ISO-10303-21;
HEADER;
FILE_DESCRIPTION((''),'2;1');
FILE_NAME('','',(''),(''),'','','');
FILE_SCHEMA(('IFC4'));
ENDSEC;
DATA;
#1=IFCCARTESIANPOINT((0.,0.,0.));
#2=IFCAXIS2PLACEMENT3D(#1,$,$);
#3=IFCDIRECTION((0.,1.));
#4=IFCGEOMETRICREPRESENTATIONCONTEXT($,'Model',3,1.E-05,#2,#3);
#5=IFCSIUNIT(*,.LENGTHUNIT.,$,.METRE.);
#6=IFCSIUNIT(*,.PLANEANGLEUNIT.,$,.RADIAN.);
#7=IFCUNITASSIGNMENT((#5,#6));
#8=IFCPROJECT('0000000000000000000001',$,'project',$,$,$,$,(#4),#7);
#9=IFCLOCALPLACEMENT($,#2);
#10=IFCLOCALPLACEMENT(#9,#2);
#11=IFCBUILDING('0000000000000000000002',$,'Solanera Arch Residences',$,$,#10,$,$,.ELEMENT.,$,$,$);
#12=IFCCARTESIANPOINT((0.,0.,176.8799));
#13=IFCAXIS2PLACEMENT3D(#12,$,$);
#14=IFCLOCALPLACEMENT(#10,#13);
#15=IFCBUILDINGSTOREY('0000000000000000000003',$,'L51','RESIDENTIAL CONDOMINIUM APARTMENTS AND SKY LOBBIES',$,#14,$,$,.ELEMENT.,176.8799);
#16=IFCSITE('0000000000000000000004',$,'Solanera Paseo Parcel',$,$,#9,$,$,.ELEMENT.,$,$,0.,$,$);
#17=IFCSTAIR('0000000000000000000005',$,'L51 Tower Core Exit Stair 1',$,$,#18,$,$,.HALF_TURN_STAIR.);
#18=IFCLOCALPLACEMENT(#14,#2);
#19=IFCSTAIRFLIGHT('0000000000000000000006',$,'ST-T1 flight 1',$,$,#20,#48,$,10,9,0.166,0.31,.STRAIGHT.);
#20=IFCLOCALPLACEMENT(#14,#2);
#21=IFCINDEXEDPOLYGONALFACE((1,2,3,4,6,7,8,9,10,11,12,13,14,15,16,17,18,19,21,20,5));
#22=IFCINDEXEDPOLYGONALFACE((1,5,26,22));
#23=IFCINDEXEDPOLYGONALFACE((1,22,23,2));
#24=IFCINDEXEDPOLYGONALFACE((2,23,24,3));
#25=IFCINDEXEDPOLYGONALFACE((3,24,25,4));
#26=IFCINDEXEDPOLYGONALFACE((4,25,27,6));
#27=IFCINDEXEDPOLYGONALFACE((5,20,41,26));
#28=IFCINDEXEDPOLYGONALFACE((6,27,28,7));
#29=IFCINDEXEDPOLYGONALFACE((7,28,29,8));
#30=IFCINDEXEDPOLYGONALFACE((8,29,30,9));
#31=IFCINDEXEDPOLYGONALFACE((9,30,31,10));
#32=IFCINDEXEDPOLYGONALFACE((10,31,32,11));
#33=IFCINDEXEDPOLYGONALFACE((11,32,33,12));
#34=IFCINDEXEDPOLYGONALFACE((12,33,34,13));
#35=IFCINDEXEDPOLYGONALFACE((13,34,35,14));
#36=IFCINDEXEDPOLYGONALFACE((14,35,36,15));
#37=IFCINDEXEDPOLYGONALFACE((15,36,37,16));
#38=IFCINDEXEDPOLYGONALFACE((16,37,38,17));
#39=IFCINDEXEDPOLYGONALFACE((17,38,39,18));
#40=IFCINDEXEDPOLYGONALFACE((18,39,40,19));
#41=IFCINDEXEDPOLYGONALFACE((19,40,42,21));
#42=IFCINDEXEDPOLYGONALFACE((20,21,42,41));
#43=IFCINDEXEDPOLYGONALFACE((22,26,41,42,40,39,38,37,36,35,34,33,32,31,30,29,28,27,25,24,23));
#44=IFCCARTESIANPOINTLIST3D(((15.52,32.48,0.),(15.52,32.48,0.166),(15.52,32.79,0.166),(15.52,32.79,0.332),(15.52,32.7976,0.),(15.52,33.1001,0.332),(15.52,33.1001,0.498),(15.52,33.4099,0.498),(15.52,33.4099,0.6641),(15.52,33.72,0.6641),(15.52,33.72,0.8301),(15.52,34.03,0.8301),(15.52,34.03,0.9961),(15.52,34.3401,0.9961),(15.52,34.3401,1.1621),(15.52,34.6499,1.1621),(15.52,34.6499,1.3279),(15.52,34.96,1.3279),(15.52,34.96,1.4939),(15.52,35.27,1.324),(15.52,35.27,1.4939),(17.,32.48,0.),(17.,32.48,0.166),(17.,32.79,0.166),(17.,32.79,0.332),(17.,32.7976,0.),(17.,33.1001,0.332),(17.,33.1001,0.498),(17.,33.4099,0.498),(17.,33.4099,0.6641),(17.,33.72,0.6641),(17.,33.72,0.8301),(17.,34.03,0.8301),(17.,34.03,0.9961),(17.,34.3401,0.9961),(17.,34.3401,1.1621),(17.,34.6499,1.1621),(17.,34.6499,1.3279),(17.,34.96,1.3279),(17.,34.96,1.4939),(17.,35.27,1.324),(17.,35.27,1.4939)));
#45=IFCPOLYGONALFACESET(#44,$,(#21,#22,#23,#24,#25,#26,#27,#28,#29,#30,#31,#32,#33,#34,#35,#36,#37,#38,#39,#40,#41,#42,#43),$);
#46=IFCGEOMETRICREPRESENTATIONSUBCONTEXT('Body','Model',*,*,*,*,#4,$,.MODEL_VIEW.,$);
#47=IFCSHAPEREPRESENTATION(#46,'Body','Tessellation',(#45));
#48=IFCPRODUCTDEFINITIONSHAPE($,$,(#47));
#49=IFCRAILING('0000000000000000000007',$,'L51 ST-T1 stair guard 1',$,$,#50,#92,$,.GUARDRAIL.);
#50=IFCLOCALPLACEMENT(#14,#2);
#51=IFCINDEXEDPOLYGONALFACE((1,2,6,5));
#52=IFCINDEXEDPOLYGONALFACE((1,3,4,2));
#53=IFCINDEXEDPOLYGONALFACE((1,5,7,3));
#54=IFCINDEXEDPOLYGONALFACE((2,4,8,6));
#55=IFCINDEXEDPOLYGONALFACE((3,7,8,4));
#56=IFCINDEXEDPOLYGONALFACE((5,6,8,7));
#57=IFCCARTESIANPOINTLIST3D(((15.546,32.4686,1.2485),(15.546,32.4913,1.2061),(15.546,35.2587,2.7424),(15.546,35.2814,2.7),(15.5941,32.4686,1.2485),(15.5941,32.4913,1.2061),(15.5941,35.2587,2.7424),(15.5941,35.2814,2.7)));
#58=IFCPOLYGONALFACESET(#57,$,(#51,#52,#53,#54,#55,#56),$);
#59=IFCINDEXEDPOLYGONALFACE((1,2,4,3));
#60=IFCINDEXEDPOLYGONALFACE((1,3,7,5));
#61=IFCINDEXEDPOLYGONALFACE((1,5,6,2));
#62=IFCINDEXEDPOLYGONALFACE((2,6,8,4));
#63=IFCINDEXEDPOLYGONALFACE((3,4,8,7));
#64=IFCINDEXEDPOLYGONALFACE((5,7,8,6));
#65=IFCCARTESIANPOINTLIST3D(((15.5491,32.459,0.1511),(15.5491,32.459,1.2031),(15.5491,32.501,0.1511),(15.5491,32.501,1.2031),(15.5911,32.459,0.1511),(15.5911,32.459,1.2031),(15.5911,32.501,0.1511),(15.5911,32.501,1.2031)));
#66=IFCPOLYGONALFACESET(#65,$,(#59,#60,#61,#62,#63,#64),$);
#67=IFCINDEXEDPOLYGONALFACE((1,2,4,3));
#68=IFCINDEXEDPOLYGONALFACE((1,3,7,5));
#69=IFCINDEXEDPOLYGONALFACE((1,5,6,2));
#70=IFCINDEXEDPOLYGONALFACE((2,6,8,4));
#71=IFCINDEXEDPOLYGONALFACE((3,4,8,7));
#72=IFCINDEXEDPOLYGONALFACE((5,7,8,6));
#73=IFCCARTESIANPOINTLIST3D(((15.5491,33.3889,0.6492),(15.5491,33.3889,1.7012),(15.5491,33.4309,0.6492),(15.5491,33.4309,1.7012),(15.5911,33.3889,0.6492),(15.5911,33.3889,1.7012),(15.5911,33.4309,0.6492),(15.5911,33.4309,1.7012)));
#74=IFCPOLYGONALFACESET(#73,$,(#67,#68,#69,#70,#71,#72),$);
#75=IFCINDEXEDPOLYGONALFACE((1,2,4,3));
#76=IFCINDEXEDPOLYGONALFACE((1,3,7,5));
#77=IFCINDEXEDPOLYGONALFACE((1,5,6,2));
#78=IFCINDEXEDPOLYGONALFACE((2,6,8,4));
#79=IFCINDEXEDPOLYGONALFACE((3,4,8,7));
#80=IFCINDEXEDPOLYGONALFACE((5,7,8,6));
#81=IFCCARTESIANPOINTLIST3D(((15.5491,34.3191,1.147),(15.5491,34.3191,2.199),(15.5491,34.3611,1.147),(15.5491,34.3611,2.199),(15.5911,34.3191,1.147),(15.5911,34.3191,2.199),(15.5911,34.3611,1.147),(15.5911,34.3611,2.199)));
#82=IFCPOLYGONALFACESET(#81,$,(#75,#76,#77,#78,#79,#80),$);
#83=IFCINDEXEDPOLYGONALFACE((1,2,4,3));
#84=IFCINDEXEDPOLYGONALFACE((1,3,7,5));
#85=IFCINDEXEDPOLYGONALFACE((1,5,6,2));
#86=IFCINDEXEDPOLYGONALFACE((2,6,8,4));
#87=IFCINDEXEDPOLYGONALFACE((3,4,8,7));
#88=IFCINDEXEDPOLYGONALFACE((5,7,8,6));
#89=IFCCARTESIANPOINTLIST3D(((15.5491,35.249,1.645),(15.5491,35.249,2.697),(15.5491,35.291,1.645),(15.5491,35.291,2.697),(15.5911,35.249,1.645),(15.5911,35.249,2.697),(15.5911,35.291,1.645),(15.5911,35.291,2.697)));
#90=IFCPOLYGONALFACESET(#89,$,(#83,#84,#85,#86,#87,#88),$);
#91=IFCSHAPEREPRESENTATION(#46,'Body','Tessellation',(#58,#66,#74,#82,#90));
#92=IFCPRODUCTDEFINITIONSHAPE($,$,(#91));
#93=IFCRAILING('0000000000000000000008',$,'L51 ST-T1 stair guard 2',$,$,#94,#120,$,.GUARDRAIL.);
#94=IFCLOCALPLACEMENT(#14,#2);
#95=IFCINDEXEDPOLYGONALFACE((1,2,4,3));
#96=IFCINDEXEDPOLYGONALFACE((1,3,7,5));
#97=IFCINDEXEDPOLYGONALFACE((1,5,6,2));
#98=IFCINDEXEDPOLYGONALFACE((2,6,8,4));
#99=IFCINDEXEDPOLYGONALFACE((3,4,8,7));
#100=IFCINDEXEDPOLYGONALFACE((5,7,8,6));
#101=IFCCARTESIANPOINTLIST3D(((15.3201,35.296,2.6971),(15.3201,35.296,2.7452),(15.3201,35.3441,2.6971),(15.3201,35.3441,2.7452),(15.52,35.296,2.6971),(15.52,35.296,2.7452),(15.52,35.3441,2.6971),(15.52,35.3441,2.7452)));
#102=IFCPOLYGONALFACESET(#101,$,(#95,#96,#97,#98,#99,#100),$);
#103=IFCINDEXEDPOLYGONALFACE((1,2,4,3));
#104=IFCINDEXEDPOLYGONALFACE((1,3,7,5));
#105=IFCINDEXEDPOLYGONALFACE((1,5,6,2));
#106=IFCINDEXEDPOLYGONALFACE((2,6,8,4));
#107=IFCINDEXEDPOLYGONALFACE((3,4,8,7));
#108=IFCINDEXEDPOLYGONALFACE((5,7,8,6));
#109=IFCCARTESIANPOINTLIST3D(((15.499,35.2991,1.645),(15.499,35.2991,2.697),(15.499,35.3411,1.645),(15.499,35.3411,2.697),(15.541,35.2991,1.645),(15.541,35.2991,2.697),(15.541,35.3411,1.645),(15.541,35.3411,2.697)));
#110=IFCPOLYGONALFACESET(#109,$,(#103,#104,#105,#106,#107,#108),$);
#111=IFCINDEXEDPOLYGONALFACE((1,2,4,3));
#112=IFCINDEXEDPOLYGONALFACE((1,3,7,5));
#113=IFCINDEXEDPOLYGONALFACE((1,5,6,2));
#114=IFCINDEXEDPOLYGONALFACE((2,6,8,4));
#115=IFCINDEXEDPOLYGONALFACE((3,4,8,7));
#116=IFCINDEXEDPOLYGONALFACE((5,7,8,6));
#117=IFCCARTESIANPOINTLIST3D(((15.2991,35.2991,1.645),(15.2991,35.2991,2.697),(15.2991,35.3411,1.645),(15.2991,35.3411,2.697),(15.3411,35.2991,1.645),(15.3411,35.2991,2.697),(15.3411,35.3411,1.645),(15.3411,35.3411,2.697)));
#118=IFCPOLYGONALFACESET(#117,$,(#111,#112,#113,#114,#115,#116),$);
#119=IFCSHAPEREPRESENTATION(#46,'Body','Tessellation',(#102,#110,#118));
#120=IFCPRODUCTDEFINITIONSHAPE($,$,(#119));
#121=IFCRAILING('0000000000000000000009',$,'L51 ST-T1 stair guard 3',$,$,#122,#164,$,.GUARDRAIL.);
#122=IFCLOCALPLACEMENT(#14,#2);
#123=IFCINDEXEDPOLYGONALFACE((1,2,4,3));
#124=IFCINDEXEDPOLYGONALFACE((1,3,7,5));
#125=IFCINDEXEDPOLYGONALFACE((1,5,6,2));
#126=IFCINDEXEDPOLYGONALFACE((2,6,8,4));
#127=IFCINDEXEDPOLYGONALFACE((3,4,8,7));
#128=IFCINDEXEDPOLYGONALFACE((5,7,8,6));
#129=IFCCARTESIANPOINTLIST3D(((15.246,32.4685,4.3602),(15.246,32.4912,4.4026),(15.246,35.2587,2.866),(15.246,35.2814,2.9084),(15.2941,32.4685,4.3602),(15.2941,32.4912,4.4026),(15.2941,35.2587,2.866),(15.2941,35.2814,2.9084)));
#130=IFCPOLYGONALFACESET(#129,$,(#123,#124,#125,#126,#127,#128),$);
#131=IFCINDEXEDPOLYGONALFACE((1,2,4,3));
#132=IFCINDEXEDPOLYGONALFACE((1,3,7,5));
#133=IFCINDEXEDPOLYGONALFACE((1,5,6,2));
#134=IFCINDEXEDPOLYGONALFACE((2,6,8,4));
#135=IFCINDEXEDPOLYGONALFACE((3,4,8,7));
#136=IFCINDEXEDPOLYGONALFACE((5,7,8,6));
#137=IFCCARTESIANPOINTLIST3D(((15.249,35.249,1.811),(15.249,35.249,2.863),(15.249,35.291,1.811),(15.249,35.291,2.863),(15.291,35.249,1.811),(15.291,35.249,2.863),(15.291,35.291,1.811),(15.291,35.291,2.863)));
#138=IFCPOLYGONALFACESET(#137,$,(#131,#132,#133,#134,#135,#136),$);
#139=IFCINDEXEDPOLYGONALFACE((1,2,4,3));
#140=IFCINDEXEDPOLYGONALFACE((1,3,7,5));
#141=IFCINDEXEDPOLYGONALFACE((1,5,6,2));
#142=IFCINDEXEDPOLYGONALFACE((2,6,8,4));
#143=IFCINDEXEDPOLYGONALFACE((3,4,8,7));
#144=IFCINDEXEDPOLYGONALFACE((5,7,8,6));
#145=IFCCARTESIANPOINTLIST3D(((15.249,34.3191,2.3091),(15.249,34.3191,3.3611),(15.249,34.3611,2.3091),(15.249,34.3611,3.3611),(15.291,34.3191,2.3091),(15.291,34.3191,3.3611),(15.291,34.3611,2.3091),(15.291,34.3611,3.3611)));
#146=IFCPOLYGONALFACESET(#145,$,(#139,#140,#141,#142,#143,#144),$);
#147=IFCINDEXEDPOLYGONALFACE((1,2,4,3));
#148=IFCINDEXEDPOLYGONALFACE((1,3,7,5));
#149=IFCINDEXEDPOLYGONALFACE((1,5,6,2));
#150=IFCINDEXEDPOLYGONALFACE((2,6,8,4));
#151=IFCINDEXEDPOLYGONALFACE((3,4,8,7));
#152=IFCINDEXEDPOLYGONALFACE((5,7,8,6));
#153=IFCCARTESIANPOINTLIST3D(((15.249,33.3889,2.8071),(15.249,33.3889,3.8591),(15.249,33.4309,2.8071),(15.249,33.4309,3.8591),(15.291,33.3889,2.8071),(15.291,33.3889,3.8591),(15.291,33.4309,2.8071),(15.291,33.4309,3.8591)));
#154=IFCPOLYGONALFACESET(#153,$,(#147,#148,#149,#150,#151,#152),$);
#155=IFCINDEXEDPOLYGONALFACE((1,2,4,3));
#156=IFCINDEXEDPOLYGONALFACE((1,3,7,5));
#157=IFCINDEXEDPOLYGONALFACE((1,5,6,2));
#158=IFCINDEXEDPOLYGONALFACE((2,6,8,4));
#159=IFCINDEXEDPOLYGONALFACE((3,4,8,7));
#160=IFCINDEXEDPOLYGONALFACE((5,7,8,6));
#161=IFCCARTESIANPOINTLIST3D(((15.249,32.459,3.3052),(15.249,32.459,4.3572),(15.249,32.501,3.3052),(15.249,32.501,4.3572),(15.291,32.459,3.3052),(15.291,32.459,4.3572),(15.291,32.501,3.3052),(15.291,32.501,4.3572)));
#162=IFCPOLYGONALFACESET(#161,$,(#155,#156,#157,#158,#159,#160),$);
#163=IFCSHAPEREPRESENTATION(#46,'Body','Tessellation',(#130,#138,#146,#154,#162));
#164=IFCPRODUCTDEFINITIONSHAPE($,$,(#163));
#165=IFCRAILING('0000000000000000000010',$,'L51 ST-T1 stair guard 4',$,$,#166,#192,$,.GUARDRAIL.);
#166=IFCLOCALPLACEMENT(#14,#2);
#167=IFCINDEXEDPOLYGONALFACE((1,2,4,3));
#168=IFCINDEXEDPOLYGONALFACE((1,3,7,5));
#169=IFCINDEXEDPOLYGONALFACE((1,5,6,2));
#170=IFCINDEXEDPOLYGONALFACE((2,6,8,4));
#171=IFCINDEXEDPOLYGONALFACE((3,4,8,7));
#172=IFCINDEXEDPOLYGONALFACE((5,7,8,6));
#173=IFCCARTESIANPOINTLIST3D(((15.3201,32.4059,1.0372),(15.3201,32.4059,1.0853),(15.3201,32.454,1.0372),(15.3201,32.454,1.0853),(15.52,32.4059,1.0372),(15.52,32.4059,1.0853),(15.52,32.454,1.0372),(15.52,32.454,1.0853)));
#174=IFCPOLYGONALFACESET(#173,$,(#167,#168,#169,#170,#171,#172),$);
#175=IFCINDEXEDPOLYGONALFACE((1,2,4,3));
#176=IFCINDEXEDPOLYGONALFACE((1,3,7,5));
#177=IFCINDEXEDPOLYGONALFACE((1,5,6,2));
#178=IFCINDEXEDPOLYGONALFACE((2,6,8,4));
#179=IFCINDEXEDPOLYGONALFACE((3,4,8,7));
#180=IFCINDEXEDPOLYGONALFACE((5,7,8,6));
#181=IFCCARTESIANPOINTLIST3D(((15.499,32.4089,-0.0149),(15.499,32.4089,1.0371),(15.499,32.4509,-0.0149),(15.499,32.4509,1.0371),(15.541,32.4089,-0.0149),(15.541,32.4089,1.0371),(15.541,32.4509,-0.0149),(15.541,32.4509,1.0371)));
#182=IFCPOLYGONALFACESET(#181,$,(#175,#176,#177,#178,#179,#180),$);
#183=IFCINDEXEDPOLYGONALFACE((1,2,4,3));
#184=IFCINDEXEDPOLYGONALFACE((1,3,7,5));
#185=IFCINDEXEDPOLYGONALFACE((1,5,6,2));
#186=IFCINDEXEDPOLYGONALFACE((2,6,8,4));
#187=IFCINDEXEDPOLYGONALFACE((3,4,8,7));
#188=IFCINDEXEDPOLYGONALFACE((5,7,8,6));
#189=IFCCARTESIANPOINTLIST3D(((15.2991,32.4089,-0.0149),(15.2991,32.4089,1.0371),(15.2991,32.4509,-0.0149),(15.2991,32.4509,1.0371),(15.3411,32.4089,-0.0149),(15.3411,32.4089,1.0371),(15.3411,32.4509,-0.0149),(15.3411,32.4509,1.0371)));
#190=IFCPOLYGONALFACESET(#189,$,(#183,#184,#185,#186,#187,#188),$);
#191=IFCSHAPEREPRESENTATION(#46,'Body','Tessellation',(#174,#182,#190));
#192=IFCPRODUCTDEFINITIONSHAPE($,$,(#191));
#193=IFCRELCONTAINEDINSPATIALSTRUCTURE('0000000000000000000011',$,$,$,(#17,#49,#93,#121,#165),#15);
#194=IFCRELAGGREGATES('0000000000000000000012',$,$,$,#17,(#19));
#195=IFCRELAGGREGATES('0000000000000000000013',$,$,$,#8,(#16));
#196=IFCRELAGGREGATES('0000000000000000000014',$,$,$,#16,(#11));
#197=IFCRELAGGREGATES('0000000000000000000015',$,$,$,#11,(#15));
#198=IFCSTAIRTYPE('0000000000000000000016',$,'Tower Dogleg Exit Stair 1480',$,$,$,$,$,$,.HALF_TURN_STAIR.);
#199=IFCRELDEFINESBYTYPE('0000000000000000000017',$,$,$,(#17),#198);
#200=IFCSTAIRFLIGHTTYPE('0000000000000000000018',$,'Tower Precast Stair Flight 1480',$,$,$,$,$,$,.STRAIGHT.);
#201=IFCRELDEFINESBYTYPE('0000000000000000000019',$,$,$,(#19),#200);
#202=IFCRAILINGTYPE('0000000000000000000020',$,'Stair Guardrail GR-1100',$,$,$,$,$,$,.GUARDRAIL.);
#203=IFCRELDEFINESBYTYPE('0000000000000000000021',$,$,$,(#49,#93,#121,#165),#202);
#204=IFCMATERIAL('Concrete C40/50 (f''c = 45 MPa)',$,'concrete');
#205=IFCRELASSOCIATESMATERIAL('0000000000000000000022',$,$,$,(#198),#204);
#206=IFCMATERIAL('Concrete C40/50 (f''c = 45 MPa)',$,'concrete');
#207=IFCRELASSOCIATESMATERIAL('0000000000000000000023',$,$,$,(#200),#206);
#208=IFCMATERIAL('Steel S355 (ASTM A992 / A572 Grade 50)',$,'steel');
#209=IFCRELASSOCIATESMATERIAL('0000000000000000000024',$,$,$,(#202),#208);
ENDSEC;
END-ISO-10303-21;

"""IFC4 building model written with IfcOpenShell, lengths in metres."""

from ifc_helpers import new_model, si_unit, direction, frame, origin, origin_2d, place, context, subcontext, project, spatial, polyline, rectangle, outline, extrude, material, type_object, element, aggregate, save


model = new_model("IFC4")

# Units and contexts
model_context = context("Model", 3, precision=1e-05, world=origin(), true_north=direction((0.0, 1.0)))
body_context = subcontext(model_context, "Body", "Model", "MODEL_VIEW")
ifc_project = project(units=[si_unit("LENGTHUNIT", "METRE"), si_unit("PLANEANGLEUNIT", "RADIAN")], contexts=[model_context])

# Site, building, storey
site_placement = place(None, origin())
site = spatial("IfcSite", under=ifc_project, at=site_placement, Name="Solanera Paseo Parcel", CompositionType="ELEMENT", RefElevation=0.0)
building_placement = place(site_placement, origin())
building = spatial("IfcBuilding", under=site, at=building_placement, Name="Solanera Arch Residences", CompositionType="ELEMENT")
storey_placement = place(building_placement, frame((0.0, 0.0, 176.8799)))
storey = spatial("IfcBuildingStorey", under=building, at=storey_placement, Name="L51", Description="RESIDENTIAL CONDOMINIUM APARTMENTS AND SKY LOBBIES", CompositionType="ELEMENT", Elevation=176.8799)

# Stair, stair flight
ifc_material_1 = material(Name="Concrete C40/50 (f'c = 45 MPa)", Category="concrete")
stair_type = type_object("IfcStairType", Name="Tower Dogleg Exit Stair 1480", PredefinedType="HALF_TURN_STAIR", material=ifc_material_1)
stair_placement = place(storey_placement, origin())
stair = element("IfcStair", 1, at=stair_placement, inside=storey, type_object=stair_type, Name="L51 Tower Core Exit Stair 1", PredefinedType="HALF_TURN_STAIR")
ifc_material_2 = material(Name="Concrete C40/50 (f'c = 45 MPa)", Category="concrete")
stair_flight_type = type_object("IfcStairFlightType", Name="Tower Precast Stair Flight 1480", PredefinedType="STRAIGHT", material=ifc_material_2)
stair_flight_placement = place(storey_placement, frame((16.26, 32.48, 0.0), z_axis=(0.0, 0.0, 1.0), x_axis=(0.0, 1.0, 0.0)))
stair_flight = element("IfcStairFlight", 2, at=stair_flight_placement, type_object=stair_flight_type, Name="ST-T1 flight 1", NumberOfRisers=10, NumberOfTreads=9, PredefinedType="STRAIGHT", RiserHeight=0.166, TreadLength=0.31, context=body_context, shape_type="SweptSolid", body=[
    extrude(outline(polyline([(0.0, 0.0), (0.0, 0.166), (0.3101, 0.166), (0.3101, 0.332), (0.6201, 0.332), (0.6201, 0.498), (0.9299, 0.498), (0.9299, 0.6641), (1.24, 0.6641), (1.24, 0.8301), (1.55, 0.8301), (1.55, 0.9961), (1.8601, 0.9961), (1.8601, 1.1621), (2.1699, 1.1621), (2.1699, 1.3279), (2.48, 1.3279), (2.48, 1.4939), (2.79, 1.4939), (2.79, 1.6599), (2.79, 1.324), (0.3176, 0.0), (0.0, 0.0)])), frame((0.0, 0.74, 0.0), z_axis=(0.0, -1.0, 0.0), x_axis=(1.0, 0.0, 0.0)), (0.0, 0.0, 1.0), 1.48),
])
aggregate(stair, [stair_flight])

# Railings
ifc_material_3 = material(Name="Steel S355 (ASTM A992 / A572 Grade 50)", Category="steel")
railing_type_1 = type_object("IfcRailingType", Name="Stair Guardrail GR-1100", PredefinedType="GUARDRAIL", material=ifc_material_3)
railing_1_placement = place(storey_placement, frame((15.5701, 32.48, 0.1511)))
element("IfcRailing", 3, at=railing_1_placement, inside=storey, type_object=railing_type_1, Name="L51 ST-T1 stair guard 1", PredefinedType="GUARDRAIL", context=body_context, shape_type="SweptSolid", body=[
    extrude(rectangle(XDim=0.0481, YDim=0.0481, at=origin_2d()), frame((0.0, 0.0, 1.0762), z_axis=(0.0, 0.881581, 0.472033), x_axis=(-1.0, 0.0, 0.0)), (0.0, 0.0, 1.0), 3.1648),
    extrude(rectangle(XDim=0.042, YDim=0.042, at=origin_2d()), origin(), (0.0, 0.0, 1.0), 1.052),
    extrude(rectangle(XDim=0.042, YDim=0.042, at=origin_2d()), frame((0.0, 0.9299, 0.498)), (0.0, 0.0, 1.0), 1.052),
    extrude(rectangle(XDim=0.042, YDim=0.042, at=origin_2d()), frame((0.0, 1.8601, 0.9958)), (0.0, 0.0, 1.0), 1.052),
    extrude(rectangle(XDim=0.042, YDim=0.042, at=origin_2d()), frame((0.0, 2.79, 1.4939)), (0.0, 0.0, 1.0), 1.052),
])
railing_2_placement = place(storey_placement, frame((15.52, 35.3201, 1.645)))
element("IfcRailing", 4, at=railing_2_placement, inside=storey, type_object=railing_type_1, Name="L51 ST-T1 stair guard 2", PredefinedType="GUARDRAIL", context=body_context, shape_type="SweptSolid", body=[
    extrude(rectangle(XDim=0.0481, YDim=0.0481, at=origin_2d()), frame((0.0, 0.0, 1.0762), z_axis=(-1.0, 0.0, 0.0), x_axis=(0.0, -1.0, 0.0)), (0.0, 0.0, 1.0), 0.2),
    extrude(rectangle(XDim=0.042, YDim=0.042, at=origin_2d()), origin(), (0.0, 0.0, 1.0), 1.052),
    extrude(rectangle(XDim=0.042, YDim=0.042, at=origin_2d()), frame((-0.2, 0.0, 0.0)), (0.0, 0.0, 1.0), 1.052),
])
railing_3_placement = place(storey_placement, frame((15.27, 35.27, 1.811)))
element("IfcRailing", 5, at=railing_3_placement, inside=storey, type_object=railing_type_1, Name="L51 ST-T1 stair guard 3", PredefinedType="GUARDRAIL", context=body_context, shape_type="SweptSolid", body=[
    extrude(rectangle(XDim=0.0481, YDim=0.0481, at=origin_2d()), frame((0.0, 0.0, 1.0762), z_axis=(0.0, -0.881549, 0.472093), x_axis=(1.0, 0.0, 0.0)), (0.0, 0.0, 1.0), 3.165),
    extrude(rectangle(XDim=0.042, YDim=0.042, at=origin_2d()), origin(), (0.0, 0.0, 1.0), 1.052),
    extrude(rectangle(XDim=0.042, YDim=0.042, at=origin_2d()), frame((0.0, -0.9299, 0.498)), (0.0, 0.0, 1.0), 1.052),
    extrude(rectangle(XDim=0.042, YDim=0.042, at=origin_2d()), frame((0.0, -1.8601, 0.9961)), (0.0, 0.0, 1.0), 1.052),
    extrude(rectangle(XDim=0.042, YDim=0.042, at=origin_2d()), frame((0.0, -2.79, 1.4941)), (0.0, 0.0, 1.0), 1.052),
])
railing_4_placement = place(storey_placement, frame((15.52, 32.4299, -0.0149)))
element("IfcRailing", 6, at=railing_4_placement, inside=storey, type_object=railing_type_1, Name="L51 ST-T1 stair guard 4", PredefinedType="GUARDRAIL", context=body_context, shape_type="SweptSolid", body=[
    extrude(rectangle(XDim=0.0481, YDim=0.0481, at=origin_2d()), frame((0.0, 0.0, 1.0762), z_axis=(-1.0, 0.0, 0.0), x_axis=(0.0, -1.0, 0.0)), (0.0, 0.0, 1.0), 0.2),
    extrude(rectangle(XDim=0.042, YDim=0.042, at=origin_2d()), origin(), (0.0, 0.0, 1.0), 1.052),
    extrude(rectangle(XDim=0.042, YDim=0.042, at=origin_2d()), frame((-0.2, 0.0, 0.0)), (0.0, 0.0, 1.0), 1.052),
])

save(model, "model.ifc")
